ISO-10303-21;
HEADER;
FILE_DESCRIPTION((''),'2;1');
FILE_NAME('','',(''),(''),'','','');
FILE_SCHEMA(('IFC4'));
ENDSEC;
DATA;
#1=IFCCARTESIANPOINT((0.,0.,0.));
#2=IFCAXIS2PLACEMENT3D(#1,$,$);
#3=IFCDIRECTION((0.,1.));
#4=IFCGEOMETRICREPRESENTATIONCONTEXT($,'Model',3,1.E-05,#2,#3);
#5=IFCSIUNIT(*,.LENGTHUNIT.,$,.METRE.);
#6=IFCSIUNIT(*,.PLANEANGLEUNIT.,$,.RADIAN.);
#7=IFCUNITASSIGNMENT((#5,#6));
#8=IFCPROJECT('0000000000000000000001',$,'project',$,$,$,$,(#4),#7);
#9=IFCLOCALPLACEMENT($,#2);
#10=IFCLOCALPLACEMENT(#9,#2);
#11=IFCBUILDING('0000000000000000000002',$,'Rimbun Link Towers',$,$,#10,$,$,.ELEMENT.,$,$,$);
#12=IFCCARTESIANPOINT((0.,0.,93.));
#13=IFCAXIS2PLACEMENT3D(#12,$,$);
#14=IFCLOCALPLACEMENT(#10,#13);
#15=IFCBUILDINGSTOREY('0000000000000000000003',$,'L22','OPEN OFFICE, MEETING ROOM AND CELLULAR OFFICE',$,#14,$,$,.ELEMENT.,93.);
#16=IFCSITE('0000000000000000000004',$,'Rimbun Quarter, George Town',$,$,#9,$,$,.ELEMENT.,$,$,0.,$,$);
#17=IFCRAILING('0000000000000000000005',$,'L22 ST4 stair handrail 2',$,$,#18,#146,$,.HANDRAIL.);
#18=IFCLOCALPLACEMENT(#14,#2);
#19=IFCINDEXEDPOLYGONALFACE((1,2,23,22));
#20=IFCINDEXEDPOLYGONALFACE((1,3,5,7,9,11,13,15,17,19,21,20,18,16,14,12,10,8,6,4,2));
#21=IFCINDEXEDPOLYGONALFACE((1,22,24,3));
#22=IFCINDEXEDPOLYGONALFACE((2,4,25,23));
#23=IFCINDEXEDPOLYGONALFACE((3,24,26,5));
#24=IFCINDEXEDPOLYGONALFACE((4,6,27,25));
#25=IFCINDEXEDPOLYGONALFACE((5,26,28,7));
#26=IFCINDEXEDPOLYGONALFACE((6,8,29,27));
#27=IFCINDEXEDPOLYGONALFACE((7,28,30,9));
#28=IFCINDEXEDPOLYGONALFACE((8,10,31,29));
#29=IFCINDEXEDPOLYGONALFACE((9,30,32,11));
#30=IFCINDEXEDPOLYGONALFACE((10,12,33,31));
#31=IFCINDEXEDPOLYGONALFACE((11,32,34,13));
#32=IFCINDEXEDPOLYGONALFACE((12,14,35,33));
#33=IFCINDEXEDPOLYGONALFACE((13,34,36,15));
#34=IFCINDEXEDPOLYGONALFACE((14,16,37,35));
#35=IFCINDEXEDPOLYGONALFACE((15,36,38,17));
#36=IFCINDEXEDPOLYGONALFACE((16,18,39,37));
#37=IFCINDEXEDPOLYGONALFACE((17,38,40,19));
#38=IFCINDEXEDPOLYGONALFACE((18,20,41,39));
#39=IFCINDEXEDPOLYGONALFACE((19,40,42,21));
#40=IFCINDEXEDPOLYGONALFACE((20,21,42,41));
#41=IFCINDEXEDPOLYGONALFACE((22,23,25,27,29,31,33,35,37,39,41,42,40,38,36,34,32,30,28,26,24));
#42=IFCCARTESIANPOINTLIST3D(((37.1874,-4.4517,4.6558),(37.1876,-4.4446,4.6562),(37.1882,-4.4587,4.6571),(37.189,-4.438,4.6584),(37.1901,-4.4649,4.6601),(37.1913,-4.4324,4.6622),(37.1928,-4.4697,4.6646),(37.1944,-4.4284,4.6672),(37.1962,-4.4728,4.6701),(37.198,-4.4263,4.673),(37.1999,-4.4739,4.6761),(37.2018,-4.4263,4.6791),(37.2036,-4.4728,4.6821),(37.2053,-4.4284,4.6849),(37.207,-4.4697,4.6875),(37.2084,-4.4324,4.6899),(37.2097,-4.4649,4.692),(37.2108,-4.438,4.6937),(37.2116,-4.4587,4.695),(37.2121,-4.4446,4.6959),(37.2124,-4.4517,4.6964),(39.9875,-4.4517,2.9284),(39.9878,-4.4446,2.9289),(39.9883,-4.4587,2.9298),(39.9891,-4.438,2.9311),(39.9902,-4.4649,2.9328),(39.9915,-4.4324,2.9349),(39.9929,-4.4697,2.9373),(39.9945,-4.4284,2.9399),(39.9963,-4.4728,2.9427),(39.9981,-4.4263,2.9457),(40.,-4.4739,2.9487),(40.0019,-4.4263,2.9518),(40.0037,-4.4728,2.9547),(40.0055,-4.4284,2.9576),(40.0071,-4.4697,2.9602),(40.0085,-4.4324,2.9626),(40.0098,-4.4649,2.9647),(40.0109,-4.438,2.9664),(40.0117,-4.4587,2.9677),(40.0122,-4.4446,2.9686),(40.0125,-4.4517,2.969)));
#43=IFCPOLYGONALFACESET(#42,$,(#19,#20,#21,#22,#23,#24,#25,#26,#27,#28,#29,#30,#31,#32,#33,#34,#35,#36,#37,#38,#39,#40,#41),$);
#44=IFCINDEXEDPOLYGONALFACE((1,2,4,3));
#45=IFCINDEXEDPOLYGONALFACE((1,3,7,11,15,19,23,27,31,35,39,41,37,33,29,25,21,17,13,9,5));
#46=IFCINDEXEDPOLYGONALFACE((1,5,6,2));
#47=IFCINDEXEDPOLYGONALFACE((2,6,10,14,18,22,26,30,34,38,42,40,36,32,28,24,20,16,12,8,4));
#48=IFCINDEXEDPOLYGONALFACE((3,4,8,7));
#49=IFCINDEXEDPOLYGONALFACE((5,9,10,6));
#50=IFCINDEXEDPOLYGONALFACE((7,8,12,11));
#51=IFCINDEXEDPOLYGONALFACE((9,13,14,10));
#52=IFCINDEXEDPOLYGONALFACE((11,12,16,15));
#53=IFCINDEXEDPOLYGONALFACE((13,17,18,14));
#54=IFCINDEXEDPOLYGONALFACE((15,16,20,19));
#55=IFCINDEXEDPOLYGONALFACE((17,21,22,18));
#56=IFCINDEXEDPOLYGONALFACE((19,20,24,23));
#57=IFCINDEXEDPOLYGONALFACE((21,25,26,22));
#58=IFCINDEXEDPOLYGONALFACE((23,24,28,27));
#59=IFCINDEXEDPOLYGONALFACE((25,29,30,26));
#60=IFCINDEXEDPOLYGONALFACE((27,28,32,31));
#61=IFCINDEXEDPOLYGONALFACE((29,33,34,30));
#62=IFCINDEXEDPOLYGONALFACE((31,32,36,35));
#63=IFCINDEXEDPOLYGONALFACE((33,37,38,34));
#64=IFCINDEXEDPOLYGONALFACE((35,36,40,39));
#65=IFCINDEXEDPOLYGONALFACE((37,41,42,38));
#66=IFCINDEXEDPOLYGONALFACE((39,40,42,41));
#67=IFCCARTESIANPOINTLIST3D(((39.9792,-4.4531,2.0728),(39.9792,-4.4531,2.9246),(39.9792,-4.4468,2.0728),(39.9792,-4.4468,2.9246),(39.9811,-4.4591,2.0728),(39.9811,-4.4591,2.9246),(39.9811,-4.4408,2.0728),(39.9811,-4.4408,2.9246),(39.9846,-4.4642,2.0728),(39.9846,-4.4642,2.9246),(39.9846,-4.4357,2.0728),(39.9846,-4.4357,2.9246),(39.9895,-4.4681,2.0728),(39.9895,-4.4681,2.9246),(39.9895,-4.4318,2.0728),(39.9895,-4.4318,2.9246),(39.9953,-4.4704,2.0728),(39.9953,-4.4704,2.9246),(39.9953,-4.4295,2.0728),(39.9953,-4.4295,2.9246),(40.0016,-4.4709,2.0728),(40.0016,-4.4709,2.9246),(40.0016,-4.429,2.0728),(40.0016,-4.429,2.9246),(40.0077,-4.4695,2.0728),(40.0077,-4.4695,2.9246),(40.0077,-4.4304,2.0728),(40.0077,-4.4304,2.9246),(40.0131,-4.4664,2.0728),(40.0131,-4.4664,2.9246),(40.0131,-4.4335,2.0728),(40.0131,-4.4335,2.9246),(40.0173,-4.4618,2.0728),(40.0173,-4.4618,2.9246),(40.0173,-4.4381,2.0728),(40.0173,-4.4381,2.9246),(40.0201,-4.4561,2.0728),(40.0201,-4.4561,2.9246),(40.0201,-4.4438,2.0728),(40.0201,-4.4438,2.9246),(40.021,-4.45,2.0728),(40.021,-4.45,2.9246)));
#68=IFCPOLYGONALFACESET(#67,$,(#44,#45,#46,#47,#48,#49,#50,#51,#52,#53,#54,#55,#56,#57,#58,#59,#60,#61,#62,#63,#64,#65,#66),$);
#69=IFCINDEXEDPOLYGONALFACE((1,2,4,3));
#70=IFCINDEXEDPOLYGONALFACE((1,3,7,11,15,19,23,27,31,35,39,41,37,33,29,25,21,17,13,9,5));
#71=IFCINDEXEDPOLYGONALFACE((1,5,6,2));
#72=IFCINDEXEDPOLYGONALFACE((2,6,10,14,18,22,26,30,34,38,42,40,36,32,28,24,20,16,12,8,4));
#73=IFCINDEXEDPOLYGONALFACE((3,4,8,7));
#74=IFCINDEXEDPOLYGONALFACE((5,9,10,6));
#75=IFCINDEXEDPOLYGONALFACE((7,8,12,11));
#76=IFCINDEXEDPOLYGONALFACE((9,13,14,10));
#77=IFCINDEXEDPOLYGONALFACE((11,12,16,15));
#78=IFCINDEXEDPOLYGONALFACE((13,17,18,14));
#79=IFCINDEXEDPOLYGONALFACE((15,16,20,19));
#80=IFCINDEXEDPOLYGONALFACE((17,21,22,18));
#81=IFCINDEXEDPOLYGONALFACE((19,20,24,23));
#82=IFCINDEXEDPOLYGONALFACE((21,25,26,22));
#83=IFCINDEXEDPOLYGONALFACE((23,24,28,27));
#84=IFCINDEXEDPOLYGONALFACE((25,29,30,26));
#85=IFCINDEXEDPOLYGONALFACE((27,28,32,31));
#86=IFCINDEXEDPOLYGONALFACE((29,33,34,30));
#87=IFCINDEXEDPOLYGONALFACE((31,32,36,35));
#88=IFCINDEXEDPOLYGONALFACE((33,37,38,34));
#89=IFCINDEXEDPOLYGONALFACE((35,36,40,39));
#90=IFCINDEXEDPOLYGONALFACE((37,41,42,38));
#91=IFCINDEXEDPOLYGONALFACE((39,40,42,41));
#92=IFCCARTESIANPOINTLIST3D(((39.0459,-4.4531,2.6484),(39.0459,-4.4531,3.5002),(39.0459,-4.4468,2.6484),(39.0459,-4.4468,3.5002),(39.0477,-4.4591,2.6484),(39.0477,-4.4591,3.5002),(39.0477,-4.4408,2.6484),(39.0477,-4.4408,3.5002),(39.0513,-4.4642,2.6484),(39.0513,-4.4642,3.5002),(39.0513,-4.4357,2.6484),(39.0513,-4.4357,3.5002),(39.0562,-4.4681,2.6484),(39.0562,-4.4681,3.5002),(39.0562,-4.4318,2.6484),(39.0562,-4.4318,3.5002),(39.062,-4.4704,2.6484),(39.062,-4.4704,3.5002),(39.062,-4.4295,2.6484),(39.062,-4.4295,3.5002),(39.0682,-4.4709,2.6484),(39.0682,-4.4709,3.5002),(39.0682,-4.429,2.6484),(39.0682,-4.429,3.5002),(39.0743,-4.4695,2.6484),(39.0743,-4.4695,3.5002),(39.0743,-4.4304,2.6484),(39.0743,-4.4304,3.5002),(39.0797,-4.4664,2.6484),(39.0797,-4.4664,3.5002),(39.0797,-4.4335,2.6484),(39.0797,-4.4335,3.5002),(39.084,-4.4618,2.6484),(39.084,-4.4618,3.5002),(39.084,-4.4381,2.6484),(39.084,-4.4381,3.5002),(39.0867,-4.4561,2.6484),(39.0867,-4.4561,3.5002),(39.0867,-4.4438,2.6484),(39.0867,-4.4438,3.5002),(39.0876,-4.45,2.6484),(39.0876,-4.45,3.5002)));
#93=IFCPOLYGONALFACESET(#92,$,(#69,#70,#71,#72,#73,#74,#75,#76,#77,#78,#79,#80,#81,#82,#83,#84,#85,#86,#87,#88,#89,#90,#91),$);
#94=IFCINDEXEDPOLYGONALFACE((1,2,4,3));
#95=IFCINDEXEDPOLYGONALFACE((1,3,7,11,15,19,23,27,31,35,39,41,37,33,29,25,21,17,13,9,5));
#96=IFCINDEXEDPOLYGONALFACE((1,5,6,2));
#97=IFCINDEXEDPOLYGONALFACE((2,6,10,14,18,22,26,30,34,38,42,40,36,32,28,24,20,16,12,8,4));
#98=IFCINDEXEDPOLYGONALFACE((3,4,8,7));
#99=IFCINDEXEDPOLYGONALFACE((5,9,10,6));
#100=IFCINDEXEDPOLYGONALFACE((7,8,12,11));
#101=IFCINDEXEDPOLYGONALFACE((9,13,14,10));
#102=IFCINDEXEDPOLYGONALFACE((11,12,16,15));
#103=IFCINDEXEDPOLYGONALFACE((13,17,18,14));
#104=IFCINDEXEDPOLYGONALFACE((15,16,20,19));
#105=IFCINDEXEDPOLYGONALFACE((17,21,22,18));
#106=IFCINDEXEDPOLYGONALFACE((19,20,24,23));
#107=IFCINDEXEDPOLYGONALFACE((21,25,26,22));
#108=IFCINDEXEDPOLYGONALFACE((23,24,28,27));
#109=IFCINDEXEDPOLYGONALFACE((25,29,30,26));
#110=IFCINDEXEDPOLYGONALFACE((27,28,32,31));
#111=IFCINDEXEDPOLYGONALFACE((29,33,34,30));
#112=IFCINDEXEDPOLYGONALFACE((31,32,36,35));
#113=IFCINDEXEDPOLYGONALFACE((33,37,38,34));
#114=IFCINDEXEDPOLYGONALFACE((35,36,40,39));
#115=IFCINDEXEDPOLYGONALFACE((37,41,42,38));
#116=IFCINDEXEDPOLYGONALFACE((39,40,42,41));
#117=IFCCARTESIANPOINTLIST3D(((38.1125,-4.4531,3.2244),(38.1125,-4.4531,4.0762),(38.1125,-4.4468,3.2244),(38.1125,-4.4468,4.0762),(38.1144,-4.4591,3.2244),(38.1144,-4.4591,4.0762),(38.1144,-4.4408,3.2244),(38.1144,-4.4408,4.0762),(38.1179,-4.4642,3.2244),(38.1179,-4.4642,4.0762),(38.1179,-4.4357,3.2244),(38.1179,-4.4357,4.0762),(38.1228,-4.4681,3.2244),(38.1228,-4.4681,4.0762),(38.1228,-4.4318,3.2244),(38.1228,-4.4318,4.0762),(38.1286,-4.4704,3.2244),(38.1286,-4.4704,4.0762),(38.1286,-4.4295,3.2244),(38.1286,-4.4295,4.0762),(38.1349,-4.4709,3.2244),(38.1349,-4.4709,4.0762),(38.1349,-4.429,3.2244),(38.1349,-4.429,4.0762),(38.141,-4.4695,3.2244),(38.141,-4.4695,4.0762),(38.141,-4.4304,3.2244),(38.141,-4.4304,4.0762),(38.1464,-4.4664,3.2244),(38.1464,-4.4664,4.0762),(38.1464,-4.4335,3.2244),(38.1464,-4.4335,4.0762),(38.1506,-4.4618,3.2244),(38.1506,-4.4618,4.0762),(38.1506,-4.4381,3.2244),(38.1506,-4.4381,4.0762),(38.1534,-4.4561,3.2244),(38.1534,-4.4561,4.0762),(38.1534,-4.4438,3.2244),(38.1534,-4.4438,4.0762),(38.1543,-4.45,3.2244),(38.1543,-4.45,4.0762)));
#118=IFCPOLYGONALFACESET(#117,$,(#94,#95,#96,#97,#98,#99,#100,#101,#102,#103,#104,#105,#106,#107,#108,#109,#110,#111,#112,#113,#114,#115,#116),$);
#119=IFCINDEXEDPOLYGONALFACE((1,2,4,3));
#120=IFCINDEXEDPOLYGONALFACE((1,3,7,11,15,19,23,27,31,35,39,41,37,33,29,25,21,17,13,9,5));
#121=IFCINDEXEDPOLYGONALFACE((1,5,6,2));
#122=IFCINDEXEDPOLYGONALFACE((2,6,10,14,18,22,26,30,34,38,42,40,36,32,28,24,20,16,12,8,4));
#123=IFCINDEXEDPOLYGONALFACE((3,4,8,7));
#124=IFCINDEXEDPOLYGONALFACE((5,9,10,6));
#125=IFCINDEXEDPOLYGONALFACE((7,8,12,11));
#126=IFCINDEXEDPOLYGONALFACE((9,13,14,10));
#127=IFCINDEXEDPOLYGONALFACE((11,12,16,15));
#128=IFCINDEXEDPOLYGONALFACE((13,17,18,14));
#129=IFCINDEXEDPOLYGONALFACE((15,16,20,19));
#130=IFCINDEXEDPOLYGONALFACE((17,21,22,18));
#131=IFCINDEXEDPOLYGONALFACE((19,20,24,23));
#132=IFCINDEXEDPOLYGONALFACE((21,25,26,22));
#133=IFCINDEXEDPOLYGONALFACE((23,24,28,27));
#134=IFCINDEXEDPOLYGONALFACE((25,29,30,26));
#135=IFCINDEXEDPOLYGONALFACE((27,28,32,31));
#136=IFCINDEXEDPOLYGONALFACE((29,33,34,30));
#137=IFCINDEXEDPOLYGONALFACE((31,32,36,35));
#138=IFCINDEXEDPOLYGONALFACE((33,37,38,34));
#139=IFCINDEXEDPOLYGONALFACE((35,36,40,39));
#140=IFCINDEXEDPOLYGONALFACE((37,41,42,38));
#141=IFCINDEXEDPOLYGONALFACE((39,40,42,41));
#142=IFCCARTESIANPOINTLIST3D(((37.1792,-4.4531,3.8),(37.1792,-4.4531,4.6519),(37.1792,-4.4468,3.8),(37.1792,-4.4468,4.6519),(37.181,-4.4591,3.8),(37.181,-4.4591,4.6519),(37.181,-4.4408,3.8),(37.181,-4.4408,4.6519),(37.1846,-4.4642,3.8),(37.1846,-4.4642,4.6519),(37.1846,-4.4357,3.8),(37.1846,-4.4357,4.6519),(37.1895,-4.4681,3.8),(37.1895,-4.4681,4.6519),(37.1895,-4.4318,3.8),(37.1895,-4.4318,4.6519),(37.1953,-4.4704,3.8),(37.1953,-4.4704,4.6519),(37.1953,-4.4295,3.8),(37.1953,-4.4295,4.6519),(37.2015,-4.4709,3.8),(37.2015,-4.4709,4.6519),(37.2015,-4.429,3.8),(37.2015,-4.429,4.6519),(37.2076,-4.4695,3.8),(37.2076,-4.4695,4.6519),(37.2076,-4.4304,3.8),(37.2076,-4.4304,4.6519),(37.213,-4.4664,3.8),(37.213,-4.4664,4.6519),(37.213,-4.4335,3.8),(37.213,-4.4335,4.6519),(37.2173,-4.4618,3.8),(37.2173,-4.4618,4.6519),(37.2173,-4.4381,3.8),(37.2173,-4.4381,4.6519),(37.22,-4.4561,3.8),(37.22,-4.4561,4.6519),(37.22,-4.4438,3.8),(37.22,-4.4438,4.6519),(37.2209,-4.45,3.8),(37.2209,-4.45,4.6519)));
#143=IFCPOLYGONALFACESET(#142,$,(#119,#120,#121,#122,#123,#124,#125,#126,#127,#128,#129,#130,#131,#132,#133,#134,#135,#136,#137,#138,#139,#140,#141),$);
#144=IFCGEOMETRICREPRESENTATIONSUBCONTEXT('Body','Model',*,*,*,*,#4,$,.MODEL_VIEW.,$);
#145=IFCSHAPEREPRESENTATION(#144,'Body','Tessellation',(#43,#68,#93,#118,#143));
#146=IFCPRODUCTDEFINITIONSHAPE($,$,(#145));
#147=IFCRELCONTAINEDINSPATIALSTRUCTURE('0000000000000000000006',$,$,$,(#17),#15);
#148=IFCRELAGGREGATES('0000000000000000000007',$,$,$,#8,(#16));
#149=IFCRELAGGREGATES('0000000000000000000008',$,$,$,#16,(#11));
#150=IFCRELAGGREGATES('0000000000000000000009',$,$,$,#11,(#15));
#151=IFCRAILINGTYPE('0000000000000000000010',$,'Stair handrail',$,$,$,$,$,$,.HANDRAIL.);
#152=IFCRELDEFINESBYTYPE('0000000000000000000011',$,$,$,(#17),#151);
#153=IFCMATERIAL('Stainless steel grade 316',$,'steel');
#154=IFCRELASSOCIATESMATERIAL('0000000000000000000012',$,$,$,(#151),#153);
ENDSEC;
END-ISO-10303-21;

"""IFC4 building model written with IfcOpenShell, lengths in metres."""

from ifc_helpers import new_model, si_unit, direction, frame, origin, origin_2d, place, context, subcontext, project, spatial, circle, extrude, material, type_object, element, save


model = new_model("IFC4")

# Units and contexts
model_context = context("Model", 3, precision=1e-05, world=origin(), true_north=direction((0.0, 1.0)))
body_context = subcontext(model_context, "Body", "Model", "MODEL_VIEW")
ifc_project = project(units=[si_unit("LENGTHUNIT", "METRE"), si_unit("PLANEANGLEUNIT", "RADIAN")], contexts=[model_context])

# Site, building, storey
site_placement = place(None, origin())
site = spatial("IfcSite", under=ifc_project, at=site_placement, Name="Rimbun Quarter, George Town", CompositionType="ELEMENT", RefElevation=0.0)
building_placement = place(site_placement, origin())
building = spatial("IfcBuilding", under=site, at=building_placement, Name="Rimbun Link Towers", CompositionType="ELEMENT")
storey_placement = place(building_placement, frame((0.0, 0.0, 93.0)))
storey = spatial("IfcBuildingStorey", under=building, at=storey_placement, Name="L22", Description="OPEN OFFICE, MEETING ROOM AND CELLULAR OFFICE", CompositionType="ELEMENT", Elevation=93.0)

# Railing
ifc_material_1 = material(Name="Stainless steel grade 316", Category="steel")
railing_type_1 = type_object("IfcRailingType", Name="Stair handrail", PredefinedType="HANDRAIL", material=ifc_material_1)
railing_1_placement = place(storey_placement, frame((40.0, -4.45, 2.0728)))
element("IfcRailing", 1, at=railing_1_placement, inside=storey, type_object=railing_type_1, Name="L22 ST4 stair handrail 2", PredefinedType="HANDRAIL", context=body_context, shape_type="SweptSolid", body=[
    extrude(circle(Radius=0.0239, at=origin_2d()), frame((0.0, 0.0, 0.876), z_axis=(-0.85109, 0.0, 0.52502), x_axis=(0.0, -1.0, 0.0)), (0.0, 0.0, 1.0), 3.29),
    extrude(circle(Radius=0.021, at=origin_2d()), origin(), (0.0, 0.0, 1.0), 0.8518),
    extrude(circle(Radius=0.021, at=origin_2d()), frame((-0.9333, 0.0, 0.5757)), (0.0, 0.0, 1.0), 0.8518),
    extrude(circle(Radius=0.021, at=origin_2d()), frame((-1.8667, 0.0, 1.1516)), (0.0, 0.0, 1.0), 0.8518),
    extrude(circle(Radius=0.021, at=origin_2d()), frame((-2.8, 0.0, 1.7273)), (0.0, 0.0, 1.0), 0.8518),
])

save(model, "model.ifc")
